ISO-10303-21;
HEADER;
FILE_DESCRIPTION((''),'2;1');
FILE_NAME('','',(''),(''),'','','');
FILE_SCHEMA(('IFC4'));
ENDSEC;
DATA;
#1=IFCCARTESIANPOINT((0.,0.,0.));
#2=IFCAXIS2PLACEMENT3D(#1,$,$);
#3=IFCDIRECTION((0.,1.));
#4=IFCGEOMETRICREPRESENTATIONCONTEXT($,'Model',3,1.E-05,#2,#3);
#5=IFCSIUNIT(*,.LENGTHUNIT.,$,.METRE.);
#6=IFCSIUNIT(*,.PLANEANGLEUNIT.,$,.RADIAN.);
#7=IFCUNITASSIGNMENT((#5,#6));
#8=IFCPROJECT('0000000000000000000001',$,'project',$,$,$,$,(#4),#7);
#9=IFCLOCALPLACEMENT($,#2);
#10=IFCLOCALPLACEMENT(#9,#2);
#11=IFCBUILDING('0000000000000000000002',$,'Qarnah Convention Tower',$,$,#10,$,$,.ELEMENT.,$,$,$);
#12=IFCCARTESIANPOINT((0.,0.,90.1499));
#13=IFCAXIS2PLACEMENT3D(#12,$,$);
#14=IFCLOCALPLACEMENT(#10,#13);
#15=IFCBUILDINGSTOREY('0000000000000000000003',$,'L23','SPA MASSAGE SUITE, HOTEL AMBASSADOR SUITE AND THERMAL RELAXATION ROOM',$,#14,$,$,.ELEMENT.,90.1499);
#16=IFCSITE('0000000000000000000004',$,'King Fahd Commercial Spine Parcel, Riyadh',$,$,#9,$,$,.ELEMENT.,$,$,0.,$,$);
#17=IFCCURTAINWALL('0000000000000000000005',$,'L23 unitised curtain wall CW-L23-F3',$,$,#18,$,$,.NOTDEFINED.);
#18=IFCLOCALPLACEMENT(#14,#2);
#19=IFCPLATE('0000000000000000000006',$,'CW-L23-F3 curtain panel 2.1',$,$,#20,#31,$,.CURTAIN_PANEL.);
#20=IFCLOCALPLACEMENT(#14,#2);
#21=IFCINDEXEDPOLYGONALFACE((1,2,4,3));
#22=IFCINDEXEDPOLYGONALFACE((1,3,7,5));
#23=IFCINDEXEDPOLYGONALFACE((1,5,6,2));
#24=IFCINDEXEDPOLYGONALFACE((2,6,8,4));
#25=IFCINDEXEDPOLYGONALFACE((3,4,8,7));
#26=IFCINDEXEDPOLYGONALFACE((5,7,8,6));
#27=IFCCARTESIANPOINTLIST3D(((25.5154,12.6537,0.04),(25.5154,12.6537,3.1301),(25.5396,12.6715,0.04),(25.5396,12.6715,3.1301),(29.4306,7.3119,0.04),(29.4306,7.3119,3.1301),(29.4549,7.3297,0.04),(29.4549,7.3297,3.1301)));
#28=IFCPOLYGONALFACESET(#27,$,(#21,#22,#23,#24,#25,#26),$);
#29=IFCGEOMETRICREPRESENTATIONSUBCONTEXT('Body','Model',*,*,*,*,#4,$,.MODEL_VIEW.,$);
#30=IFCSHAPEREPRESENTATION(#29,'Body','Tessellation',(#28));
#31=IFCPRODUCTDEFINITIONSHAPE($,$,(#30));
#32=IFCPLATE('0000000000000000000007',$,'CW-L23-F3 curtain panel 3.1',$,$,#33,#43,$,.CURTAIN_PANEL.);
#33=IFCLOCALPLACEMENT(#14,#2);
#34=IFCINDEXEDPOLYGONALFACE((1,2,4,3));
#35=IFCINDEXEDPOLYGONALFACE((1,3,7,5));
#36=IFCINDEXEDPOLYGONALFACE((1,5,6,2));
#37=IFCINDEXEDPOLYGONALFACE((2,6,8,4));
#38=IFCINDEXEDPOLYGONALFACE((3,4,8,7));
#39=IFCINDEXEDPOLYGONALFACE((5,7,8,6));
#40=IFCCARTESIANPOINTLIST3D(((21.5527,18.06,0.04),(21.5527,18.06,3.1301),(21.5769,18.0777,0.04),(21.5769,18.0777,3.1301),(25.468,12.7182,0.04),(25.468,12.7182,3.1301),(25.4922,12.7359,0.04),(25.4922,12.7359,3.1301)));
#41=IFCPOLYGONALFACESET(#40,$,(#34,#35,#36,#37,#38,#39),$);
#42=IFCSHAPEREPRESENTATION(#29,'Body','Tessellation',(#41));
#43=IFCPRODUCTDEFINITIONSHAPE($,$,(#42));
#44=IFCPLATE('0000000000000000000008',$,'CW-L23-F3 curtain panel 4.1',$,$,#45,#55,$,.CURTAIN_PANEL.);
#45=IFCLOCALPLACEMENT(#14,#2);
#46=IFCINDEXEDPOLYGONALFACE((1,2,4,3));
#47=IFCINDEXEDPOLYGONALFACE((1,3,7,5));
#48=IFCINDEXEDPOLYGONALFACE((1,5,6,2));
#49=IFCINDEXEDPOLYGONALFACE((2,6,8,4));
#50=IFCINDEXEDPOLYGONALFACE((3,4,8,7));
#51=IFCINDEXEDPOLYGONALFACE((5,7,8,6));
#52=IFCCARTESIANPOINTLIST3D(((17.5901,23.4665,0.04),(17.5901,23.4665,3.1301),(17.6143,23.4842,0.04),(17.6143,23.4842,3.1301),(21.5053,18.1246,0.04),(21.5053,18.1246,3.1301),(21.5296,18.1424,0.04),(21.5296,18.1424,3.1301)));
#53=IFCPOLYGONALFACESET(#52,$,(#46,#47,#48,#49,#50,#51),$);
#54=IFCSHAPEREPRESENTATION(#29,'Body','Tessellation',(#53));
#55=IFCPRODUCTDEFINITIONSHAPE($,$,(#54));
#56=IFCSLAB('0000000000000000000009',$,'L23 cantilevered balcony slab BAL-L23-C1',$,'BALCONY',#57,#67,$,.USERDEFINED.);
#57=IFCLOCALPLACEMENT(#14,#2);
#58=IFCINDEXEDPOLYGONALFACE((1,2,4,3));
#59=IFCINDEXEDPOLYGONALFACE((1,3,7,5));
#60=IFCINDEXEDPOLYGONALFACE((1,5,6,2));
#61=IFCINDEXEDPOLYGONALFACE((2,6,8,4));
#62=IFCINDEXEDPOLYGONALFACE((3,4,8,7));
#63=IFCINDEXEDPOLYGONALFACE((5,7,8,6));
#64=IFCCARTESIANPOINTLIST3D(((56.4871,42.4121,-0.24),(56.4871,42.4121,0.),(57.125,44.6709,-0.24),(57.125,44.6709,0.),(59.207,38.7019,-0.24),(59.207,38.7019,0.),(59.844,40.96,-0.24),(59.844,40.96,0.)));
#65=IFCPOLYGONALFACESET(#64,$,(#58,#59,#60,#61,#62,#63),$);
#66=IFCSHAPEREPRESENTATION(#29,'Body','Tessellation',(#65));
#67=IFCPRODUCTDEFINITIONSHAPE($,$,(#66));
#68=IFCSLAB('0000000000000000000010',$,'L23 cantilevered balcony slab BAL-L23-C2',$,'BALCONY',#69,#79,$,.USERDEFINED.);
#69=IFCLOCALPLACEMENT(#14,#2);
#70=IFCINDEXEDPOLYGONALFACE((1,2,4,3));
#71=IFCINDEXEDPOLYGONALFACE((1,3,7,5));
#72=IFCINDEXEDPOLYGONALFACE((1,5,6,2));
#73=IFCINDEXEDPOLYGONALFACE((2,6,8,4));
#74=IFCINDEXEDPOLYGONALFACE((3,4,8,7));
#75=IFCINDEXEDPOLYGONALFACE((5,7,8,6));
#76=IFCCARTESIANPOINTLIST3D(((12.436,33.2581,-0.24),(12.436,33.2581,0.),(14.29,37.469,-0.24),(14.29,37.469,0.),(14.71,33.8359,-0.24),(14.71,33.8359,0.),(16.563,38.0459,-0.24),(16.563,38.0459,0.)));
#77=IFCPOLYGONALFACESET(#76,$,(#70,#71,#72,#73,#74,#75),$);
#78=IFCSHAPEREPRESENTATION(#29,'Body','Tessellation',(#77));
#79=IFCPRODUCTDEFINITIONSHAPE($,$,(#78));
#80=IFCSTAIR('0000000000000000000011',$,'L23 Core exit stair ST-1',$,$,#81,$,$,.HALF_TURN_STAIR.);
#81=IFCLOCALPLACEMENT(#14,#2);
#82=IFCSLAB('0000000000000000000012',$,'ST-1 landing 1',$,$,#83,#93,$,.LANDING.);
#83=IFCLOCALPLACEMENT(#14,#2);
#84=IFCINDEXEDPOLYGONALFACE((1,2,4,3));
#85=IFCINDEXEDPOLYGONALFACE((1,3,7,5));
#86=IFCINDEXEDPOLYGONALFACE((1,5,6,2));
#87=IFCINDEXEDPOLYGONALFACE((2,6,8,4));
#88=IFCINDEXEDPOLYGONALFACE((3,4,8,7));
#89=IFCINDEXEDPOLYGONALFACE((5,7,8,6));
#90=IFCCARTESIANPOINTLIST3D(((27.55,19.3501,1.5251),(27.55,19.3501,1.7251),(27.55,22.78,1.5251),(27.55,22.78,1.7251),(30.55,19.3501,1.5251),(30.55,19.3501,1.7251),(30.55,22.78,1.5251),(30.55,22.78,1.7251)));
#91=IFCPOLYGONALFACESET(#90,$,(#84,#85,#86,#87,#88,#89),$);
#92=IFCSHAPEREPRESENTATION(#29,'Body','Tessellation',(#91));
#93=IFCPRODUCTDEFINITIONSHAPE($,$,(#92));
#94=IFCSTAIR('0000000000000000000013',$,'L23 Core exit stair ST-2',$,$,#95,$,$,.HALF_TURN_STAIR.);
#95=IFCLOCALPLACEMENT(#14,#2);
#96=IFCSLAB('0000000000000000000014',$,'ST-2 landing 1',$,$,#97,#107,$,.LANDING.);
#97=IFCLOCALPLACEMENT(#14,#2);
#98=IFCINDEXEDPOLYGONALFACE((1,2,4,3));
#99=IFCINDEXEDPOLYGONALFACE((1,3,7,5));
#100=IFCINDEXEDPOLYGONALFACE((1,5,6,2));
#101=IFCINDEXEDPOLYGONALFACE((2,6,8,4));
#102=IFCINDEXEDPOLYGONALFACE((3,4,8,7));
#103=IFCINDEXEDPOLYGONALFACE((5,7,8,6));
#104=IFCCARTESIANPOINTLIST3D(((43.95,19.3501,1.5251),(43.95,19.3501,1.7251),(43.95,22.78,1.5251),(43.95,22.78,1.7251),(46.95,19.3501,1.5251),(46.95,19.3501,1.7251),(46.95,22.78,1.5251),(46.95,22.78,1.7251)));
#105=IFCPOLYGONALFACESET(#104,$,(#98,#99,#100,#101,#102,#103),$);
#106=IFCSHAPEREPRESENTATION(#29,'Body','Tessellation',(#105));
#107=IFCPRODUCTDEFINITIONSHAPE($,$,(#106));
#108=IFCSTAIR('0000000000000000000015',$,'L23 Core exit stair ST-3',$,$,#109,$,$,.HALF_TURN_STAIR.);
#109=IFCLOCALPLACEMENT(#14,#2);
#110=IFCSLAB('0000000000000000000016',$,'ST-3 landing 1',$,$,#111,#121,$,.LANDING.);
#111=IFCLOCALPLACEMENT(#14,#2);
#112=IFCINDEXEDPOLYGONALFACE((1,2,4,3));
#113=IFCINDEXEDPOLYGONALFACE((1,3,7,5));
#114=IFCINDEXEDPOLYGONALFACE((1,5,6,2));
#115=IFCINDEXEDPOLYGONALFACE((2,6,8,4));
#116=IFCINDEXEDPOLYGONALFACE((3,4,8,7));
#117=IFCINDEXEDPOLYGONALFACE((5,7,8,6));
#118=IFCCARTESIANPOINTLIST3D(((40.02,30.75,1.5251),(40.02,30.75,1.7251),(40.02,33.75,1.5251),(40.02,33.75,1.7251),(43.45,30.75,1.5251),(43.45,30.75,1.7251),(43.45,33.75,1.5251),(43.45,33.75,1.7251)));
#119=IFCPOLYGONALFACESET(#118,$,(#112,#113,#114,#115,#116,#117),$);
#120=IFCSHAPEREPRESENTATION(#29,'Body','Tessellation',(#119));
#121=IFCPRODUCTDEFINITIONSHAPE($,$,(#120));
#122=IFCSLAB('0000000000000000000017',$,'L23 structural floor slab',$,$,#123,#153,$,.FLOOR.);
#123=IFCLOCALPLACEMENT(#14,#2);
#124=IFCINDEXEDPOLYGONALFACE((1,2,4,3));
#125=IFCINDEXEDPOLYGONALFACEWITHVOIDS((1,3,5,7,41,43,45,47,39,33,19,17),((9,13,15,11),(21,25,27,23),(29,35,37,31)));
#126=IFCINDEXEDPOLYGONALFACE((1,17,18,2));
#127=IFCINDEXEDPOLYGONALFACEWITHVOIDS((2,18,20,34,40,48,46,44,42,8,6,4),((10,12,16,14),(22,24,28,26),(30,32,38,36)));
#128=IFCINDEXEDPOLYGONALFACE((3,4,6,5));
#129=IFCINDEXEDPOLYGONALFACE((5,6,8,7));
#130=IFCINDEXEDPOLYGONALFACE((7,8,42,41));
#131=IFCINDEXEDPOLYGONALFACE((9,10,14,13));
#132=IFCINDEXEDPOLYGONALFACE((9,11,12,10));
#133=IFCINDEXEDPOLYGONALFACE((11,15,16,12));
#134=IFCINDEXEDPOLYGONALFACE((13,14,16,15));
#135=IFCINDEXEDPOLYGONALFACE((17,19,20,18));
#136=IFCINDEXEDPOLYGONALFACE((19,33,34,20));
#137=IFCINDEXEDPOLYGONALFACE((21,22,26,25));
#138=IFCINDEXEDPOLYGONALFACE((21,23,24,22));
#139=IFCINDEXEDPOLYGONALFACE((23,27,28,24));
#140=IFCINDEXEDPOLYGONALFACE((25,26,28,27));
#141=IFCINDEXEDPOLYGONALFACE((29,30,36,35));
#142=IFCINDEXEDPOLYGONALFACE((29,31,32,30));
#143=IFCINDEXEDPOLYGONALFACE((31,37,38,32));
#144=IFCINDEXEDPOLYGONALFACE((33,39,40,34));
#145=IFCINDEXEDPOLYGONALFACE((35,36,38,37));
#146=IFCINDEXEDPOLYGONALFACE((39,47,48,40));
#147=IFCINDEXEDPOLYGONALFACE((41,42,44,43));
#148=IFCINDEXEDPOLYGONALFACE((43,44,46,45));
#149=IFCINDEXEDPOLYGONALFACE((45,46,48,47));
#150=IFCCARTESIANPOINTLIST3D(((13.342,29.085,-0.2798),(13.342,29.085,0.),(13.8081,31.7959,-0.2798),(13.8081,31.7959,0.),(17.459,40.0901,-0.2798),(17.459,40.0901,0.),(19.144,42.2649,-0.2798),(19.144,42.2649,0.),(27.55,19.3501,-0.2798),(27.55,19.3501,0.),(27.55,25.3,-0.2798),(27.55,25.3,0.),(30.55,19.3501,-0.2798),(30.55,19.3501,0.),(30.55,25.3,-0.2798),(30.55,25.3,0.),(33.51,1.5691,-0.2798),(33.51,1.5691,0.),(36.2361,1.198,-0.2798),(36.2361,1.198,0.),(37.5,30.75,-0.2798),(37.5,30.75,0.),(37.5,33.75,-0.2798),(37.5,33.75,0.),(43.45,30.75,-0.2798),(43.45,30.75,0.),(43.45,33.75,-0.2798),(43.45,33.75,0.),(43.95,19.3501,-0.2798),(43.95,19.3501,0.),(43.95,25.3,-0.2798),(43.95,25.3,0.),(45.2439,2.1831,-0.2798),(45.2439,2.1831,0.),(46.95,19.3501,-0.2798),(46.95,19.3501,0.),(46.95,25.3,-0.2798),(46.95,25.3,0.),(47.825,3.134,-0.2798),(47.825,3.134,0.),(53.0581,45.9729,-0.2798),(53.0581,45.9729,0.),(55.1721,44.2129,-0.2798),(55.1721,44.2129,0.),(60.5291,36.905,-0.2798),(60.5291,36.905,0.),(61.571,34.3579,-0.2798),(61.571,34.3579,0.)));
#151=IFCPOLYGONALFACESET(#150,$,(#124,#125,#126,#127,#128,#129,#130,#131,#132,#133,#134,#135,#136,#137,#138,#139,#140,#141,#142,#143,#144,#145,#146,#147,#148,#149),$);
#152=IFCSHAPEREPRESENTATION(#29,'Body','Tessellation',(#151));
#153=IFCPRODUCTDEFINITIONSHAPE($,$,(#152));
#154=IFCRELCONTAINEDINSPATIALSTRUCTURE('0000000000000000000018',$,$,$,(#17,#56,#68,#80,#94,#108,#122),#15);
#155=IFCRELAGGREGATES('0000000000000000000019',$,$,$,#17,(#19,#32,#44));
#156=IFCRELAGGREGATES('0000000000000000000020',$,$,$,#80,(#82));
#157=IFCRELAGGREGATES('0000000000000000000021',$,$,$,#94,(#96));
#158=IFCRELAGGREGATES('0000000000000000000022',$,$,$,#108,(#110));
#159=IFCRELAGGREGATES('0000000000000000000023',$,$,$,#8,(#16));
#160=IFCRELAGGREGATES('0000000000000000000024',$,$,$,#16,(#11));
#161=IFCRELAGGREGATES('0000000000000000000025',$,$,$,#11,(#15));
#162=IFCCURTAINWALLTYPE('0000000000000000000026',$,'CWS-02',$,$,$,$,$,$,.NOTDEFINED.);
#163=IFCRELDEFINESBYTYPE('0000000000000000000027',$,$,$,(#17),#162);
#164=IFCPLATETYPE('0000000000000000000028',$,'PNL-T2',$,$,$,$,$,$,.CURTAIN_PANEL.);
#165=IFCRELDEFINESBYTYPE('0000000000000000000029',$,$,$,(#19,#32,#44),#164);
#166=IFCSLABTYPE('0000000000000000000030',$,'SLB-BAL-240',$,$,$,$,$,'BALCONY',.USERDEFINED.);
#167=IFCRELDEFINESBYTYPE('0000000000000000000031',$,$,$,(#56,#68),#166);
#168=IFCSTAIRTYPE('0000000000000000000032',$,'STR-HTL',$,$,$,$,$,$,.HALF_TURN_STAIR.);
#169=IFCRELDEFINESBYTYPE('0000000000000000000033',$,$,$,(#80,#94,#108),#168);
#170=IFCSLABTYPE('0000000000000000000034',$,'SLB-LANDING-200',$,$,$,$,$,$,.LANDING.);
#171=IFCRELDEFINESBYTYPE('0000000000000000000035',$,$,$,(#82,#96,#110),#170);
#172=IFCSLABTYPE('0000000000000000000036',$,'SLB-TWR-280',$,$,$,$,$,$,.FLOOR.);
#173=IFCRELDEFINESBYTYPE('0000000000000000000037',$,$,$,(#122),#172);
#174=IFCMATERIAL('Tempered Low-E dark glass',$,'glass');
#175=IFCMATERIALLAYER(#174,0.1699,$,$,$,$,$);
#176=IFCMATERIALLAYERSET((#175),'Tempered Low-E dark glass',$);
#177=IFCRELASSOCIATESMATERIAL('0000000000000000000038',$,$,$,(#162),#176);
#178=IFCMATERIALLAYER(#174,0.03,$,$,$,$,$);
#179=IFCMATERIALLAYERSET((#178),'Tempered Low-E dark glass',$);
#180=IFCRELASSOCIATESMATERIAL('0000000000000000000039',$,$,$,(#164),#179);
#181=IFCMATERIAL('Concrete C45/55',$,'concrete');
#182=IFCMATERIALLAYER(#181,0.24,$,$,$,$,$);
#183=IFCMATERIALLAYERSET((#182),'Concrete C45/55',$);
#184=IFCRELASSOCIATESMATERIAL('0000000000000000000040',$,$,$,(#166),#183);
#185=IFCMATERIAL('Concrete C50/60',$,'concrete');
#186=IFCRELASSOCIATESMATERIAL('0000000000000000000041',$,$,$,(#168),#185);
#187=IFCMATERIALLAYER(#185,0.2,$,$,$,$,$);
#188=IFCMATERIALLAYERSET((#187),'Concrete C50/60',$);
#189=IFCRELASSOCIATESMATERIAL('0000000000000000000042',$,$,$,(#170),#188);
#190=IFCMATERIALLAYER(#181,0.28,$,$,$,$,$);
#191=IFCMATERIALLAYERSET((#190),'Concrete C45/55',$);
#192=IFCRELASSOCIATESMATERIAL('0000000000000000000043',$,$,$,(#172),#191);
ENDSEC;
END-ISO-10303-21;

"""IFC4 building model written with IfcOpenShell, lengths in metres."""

from ifc_helpers import new_model, si_unit, direction, frame, origin, origin_2d, place, context, subcontext, project, spatial, polyline, rectangle, outline, extrude, material, layer, layer_set, type_object, element, aggregate, save


model = new_model("IFC4")

# Units and contexts
model_context = context("Model", 3, precision=1e-05, world=origin(), true_north=direction((0.0, 1.0)))
body_context = subcontext(model_context, "Body", "Model", "MODEL_VIEW")
ifc_project = project(units=[si_unit("LENGTHUNIT", "METRE"), si_unit("PLANEANGLEUNIT", "RADIAN")], contexts=[model_context])

# Site, building, storey
site_placement = place(None, origin())
site = spatial("IfcSite", under=ifc_project, at=site_placement, Name="King Fahd Commercial Spine Parcel, Riyadh", CompositionType="ELEMENT", RefElevation=0.0)
building_placement = place(site_placement, origin())
building = spatial("IfcBuilding", under=site, at=building_placement, Name="Qarnah Convention Tower", CompositionType="ELEMENT")
storey_placement = place(building_placement, frame((0.0, 0.0, 90.1499)))
storey = spatial("IfcBuildingStorey", under=building, at=storey_placement, Name="L23", Description="SPA MASSAGE SUITE, HOTEL AMBASSADOR SUITE AND THERMAL RELAXATION ROOM", CompositionType="ELEMENT", Elevation=90.1499)

# Curtain wall, plates
ifc_material_1 = material(Name="Tempered Low-E dark glass", Category="glass")
ifc_layer_1 = layer(ifc_material_1, 0.1699)
ifc_layer_set_1 = layer_set([ifc_layer_1], Name="Tempered Low-E dark glass")
curtain_wall_type = type_object("IfcCurtainWallType", Name="CWS-02", PredefinedType="NOTDEFINED", material=ifc_layer_set_1)
curtain_wall_placement = place(storey_placement, origin())
curtain_wall = element("IfcCurtainWall", 1, at=curtain_wall_placement, inside=storey, type_object=curtain_wall_type, Name="L23 unitised curtain wall CW-L23-F3", PredefinedType="NOTDEFINED")
ifc_layer_2 = layer(ifc_material_1, 0.03)
ifc_layer_set_2 = layer_set([ifc_layer_2], Name="Tempered Low-E dark glass")
plate_type = type_object("IfcPlateType", Name="PNL-T2", PredefinedType="CURTAIN_PANEL", material=ifc_layer_set_2)
plate_1_placement = place(storey_placement, frame((27.4851, 9.9917, 0.04), z_axis=(0.0, 0.0, 1.0), x_axis=(-0.591161, 0.806554, 0.0)))
plate_1 = element("IfcPlate", 2, at=plate_1_placement, type_object=plate_type, Name="CW-L23-F3 curtain panel 2.1", PredefinedType="CURTAIN_PANEL", context=body_context, shape_type="SweptSolid", body=[
    extrude(rectangle(XDim=6.623, YDim=0.03, at=origin_2d()), origin(), (0.0, 0.0, 1.0), 3.0901),
])
plate_2_placement = place(storey_placement, frame((23.5225, 15.3979, 0.04), z_axis=(0.0, 0.0, 1.0), x_axis=(-0.591161, 0.806554, 0.0)))
plate_2 = element("IfcPlate", 3, at=plate_2_placement, type_object=plate_type, Name="CW-L23-F3 curtain panel 3.1", PredefinedType="CURTAIN_PANEL", context=body_context, shape_type="SweptSolid", body=[
    extrude(rectangle(XDim=6.623, YDim=0.03, at=origin_2d()), origin(), (0.0, 0.0, 1.0), 3.0901),
])
plate_3_placement = place(storey_placement, frame((19.5598, 20.8044, 0.04), z_axis=(0.0, 0.0, 1.0), x_axis=(-0.591161, 0.806554, 0.0)))
plate_3 = element("IfcPlate", 4, at=plate_3_placement, type_object=plate_type, Name="CW-L23-F3 curtain panel 4.1", PredefinedType="CURTAIN_PANEL", context=body_context, shape_type="SweptSolid", body=[
    extrude(rectangle(XDim=6.623, YDim=0.03, at=origin_2d()), origin(), (0.0, 0.0, 1.0), 3.0901),
])
aggregate(curtain_wall, [plate_1, plate_2, plate_3])

# Slabs
ifc_material_2 = material(Name="Concrete C45/55", Category="concrete")
ifc_layer_3 = layer(ifc_material_2, 0.24)
ifc_layer_set_3 = layer_set([ifc_layer_3], Name="Concrete C45/55")
slab_type_1 = type_object("IfcSlabType", Name="SLB-BAL-240", ElementType="BALCONY", PredefinedType="USERDEFINED", material=ifc_layer_set_3)
slab_1_placement = place(storey_placement, frame((0.0, 0.0, -0.24)))
element("IfcSlab", 5, at=slab_1_placement, inside=storey, type_object=slab_type_1, Name="L23 cantilevered balcony slab BAL-L23-C1", ObjectType="BALCONY", PredefinedType="USERDEFINED", context=body_context, shape_type="SweptSolid", body=[
    extrude(outline(polyline([(57.125, 44.6709), (59.844, 40.96), (59.207, 38.7019), (56.4871, 42.4121), (57.125, 44.6709)])), origin(), (0.0, 0.0, 1.0), 0.24),
])
slab_2_placement = place(storey_placement, frame((0.0, 0.0, -0.24)))
element("IfcSlab", 6, at=slab_2_placement, inside=storey, type_object=slab_type_1, Name="L23 cantilevered balcony slab BAL-L23-C2", ObjectType="BALCONY", PredefinedType="USERDEFINED", context=body_context, shape_type="SweptSolid", body=[
    extrude(outline(polyline([(12.436, 33.2581), (14.29, 37.469), (16.563, 38.0459), (14.71, 33.8359), (12.436, 33.2581)])), origin(), (0.0, 0.0, 1.0), 0.24),
])

# Stairs, slabs
ifc_material_3 = material(Name="Concrete C50/60", Category="concrete")
stair_type = type_object("IfcStairType", Name="STR-HTL", PredefinedType="HALF_TURN_STAIR", material=ifc_material_3)
stair_1_placement = place(storey_placement, origin())
stair_1 = element("IfcStair", 7, at=stair_1_placement, inside=storey, type_object=stair_type, Name="L23 Core exit stair ST-1", PredefinedType="HALF_TURN_STAIR")
ifc_layer_4 = layer(ifc_material_3, 0.2)
ifc_layer_set_4 = layer_set([ifc_layer_4], Name="Concrete C50/60")
slab_type_2 = type_object("IfcSlabType", Name="SLB-LANDING-200", PredefinedType="LANDING", material=ifc_layer_set_4)
slab_3_placement = place(storey_placement, frame((0.0, 0.0, 1.5251)))
slab_3 = element("IfcSlab", 8, at=slab_3_placement, type_object=slab_type_2, Name="ST-1 landing 1", PredefinedType="LANDING", context=body_context, shape_type="SweptSolid", body=[
    extrude(outline(polyline([(27.55, 22.78), (27.55, 19.3501), (30.55, 19.3501), (30.55, 22.78), (27.55, 22.78)])), origin(), (0.0, 0.0, 1.0), 0.2),
])
aggregate(stair_1, [slab_3])
stair_2_placement = place(storey_placement, origin())
stair_2 = element("IfcStair", 9, at=stair_2_placement, inside=storey, type_object=stair_type, Name="L23 Core exit stair ST-2", PredefinedType="HALF_TURN_STAIR")
slab_4_placement = place(storey_placement, frame((0.0, 0.0, 1.5251)))
slab_4 = element("IfcSlab", 10, at=slab_4_placement, type_object=slab_type_2, Name="ST-2 landing 1", PredefinedType="LANDING", context=body_context, shape_type="SweptSolid", body=[
    extrude(outline(polyline([(43.95, 22.78), (43.95, 19.3501), (46.95, 19.3501), (46.95, 22.78), (43.95, 22.78)])), origin(), (0.0, 0.0, 1.0), 0.2),
])
aggregate(stair_2, [slab_4])
stair_3_placement = place(storey_placement, origin())
stair_3 = element("IfcStair", 11, at=stair_3_placement, inside=storey, type_object=stair_type, Name="L23 Core exit stair ST-3", PredefinedType="HALF_TURN_STAIR")
slab_5_placement = place(storey_placement, frame((0.0, 0.0, 1.5251)))
slab_5 = element("IfcSlab", 12, at=slab_5_placement, type_object=slab_type_2, Name="ST-3 landing 1", PredefinedType="LANDING", context=body_context, shape_type="SweptSolid", body=[
    extrude(outline(polyline([(40.02, 30.75), (43.45, 30.75), (43.45, 33.75), (40.02, 33.75), (40.02, 30.75)])), origin(), (0.0, 0.0, 1.0), 0.2),
])
aggregate(stair_3, [slab_5])

# Slab
ifc_layer_5 = layer(ifc_material_2, 0.28)
ifc_layer_set_5 = layer_set([ifc_layer_5], Name="Concrete C45/55")
slab_type_3 = type_object("IfcSlabType", Name="SLB-TWR-280", PredefinedType="FLOOR", material=ifc_layer_set_5)
slab_6_placement = place(storey_placement, frame((0.0, 0.0, -0.2798)))
element("IfcSlab", 13, at=slab_6_placement, inside=storey, type_object=slab_type_3, Name="L23 structural floor slab", PredefinedType="FLOOR", context=body_context, shape_type="SweptSolid", body=[
    extrude(outline(polyline([(53.0581, 45.9729), (19.144, 42.2649), (17.459, 40.0901), (13.8081, 31.7959), (13.342, 29.085), (33.51, 1.5691), (36.2361, 1.198), (45.2439, 2.1831), (47.825, 3.134), (61.571, 34.3579), (60.5291, 36.905), (55.1721, 44.2129), (53.0581, 45.9729)]), holes=[polyline([(27.55, 25.3), (27.55, 19.3501), (30.55, 19.3501), (30.55, 25.3), (27.55, 25.3)]), polyline([(43.95, 25.3), (43.95, 19.3501), (46.95, 19.3501), (46.95, 25.3), (43.95, 25.3)]), polyline([(37.5, 30.75), (43.45, 30.75), (43.45, 33.75), (37.5, 33.75), (37.5, 30.75)])]), origin(), (0.0, 0.0, 1.0), 0.2798),
])

save(model, "model.ifc")
